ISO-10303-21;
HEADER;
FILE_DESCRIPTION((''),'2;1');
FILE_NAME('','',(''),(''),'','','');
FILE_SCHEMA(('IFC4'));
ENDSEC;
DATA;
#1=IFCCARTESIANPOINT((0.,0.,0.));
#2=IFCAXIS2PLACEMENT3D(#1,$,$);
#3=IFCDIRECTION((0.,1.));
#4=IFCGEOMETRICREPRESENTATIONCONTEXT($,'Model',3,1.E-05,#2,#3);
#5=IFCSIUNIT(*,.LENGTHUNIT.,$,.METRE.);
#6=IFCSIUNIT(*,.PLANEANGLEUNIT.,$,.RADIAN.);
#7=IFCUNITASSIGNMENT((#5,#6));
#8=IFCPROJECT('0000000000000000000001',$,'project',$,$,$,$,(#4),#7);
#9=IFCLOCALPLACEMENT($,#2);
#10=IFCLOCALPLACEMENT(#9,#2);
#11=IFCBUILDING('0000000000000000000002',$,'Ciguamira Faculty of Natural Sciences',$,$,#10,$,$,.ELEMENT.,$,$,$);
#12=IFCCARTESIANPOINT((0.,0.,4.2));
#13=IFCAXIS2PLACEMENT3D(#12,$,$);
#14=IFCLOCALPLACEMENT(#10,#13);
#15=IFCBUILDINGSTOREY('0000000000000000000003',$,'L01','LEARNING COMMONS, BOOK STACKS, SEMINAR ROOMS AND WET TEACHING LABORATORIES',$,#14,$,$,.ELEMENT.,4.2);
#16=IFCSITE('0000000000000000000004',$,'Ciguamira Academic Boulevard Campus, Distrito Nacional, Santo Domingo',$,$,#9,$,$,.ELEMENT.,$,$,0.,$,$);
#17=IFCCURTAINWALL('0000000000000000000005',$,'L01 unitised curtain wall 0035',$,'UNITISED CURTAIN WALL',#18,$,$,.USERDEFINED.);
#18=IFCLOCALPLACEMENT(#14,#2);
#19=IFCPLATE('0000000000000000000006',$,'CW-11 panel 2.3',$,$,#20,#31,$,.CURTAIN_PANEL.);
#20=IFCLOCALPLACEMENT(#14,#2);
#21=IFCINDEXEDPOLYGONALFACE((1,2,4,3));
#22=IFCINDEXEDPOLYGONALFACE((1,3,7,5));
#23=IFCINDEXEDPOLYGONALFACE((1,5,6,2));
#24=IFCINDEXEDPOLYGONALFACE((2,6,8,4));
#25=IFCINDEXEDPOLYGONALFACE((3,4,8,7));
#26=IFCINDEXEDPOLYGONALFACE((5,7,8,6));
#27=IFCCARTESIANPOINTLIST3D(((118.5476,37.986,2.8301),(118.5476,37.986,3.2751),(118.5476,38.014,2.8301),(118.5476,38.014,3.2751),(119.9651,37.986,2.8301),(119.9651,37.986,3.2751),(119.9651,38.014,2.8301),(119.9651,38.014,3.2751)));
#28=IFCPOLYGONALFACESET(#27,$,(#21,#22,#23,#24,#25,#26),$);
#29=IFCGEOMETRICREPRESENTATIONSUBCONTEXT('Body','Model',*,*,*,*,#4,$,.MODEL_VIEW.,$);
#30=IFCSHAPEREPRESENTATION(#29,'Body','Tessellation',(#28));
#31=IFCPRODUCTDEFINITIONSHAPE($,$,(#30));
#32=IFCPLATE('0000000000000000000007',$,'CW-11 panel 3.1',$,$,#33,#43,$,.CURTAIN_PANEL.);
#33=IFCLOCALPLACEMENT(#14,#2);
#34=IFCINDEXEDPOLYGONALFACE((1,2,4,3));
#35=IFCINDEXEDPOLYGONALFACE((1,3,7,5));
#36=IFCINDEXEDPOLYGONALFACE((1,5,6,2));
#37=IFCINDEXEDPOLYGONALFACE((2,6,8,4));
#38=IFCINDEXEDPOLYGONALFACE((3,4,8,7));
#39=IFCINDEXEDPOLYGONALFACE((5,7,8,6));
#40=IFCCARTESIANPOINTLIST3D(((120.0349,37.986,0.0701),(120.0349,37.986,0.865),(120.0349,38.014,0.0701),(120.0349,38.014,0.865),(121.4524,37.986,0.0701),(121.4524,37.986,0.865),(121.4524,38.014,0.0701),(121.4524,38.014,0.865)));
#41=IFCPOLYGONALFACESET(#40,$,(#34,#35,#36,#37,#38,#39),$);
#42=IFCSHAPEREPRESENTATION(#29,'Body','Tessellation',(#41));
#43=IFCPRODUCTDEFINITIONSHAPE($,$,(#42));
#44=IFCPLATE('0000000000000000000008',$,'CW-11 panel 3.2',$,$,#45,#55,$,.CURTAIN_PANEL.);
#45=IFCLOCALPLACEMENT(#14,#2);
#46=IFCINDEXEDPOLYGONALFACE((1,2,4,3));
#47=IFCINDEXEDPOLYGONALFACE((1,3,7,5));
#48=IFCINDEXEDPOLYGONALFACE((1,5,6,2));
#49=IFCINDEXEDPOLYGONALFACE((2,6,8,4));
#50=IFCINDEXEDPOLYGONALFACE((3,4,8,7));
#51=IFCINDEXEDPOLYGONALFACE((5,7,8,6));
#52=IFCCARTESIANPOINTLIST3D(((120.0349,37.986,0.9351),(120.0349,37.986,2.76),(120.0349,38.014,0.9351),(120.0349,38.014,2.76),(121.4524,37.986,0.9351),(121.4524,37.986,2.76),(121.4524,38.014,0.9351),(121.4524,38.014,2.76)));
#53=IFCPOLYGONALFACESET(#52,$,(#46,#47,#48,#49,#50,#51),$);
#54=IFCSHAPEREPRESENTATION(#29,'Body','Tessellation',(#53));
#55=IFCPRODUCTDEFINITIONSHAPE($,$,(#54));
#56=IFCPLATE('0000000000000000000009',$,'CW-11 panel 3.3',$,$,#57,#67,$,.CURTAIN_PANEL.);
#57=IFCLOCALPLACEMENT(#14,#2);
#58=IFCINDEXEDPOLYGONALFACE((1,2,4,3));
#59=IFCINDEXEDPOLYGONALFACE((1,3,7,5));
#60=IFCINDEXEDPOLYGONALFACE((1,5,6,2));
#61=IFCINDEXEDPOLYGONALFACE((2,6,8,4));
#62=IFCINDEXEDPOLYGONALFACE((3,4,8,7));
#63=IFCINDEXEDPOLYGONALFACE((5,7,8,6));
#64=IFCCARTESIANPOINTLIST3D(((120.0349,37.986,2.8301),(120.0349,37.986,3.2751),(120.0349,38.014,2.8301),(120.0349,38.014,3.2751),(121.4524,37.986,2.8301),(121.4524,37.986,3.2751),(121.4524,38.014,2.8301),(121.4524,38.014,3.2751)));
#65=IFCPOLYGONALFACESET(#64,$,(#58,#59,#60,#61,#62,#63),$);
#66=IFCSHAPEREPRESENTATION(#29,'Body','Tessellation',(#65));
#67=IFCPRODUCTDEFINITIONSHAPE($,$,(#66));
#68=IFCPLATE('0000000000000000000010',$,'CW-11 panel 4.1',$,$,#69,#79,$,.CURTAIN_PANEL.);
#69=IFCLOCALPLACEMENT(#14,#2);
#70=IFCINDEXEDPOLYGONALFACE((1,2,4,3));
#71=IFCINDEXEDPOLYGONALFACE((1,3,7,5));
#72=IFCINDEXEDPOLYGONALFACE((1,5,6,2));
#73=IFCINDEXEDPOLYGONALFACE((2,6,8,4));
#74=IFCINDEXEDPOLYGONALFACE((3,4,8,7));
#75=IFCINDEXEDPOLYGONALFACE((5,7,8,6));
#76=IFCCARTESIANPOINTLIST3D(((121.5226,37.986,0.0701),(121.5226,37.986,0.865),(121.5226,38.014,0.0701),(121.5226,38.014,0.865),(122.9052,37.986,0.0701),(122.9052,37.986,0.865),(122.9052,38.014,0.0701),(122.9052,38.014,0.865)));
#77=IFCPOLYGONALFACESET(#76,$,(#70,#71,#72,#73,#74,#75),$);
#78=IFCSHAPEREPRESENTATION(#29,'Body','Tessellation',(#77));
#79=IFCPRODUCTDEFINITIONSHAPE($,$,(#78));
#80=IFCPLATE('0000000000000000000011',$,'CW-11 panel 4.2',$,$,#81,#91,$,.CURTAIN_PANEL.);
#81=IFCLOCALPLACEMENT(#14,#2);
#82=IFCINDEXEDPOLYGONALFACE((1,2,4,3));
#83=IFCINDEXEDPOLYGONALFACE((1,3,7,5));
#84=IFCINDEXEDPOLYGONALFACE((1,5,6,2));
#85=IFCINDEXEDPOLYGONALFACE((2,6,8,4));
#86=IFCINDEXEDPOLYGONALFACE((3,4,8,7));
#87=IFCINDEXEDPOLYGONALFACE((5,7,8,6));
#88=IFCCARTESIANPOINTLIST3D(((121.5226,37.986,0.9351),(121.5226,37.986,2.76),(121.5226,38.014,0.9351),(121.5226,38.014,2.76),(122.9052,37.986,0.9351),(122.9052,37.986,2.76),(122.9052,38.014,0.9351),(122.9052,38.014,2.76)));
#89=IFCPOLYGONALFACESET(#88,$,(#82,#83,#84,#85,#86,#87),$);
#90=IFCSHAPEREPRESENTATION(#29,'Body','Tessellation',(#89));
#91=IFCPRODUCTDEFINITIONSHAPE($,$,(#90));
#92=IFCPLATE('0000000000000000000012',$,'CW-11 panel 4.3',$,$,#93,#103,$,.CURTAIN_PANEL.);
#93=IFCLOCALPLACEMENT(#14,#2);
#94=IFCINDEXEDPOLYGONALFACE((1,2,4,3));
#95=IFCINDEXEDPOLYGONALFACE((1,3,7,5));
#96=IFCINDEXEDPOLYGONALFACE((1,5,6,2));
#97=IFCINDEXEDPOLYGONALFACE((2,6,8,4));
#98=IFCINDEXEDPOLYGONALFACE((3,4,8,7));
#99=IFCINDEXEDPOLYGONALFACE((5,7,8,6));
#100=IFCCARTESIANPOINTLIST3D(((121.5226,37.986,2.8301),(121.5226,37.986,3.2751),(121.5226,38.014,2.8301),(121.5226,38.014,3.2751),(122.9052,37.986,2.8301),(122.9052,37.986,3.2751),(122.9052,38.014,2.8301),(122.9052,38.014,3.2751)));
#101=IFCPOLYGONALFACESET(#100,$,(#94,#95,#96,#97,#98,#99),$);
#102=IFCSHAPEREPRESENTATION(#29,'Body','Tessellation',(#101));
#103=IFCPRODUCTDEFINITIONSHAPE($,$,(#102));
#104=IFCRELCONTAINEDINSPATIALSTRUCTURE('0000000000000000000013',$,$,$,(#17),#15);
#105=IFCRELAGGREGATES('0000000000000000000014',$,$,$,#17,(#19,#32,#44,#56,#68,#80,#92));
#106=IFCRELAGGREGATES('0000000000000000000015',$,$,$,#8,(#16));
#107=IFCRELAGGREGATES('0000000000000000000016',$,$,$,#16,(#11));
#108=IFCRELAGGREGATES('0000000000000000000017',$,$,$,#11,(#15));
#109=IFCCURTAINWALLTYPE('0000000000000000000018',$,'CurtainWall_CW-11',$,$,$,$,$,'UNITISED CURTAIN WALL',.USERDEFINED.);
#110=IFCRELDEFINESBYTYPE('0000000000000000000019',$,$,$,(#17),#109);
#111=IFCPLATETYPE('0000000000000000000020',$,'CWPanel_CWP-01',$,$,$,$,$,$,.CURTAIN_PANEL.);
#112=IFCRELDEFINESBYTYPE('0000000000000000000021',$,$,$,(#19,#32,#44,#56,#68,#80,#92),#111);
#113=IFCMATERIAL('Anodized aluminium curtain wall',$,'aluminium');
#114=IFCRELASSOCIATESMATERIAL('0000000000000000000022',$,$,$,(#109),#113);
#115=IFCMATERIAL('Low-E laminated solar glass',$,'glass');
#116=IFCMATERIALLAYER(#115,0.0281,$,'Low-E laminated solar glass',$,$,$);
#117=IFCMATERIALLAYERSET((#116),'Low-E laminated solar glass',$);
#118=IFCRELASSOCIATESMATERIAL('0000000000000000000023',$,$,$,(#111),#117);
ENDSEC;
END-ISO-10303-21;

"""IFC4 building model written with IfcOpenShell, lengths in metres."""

from ifc_helpers import new_model, si_unit, direction, frame, origin, origin_2d, place, context, subcontext, project, spatial, rectangle, extrude, material, layer, layer_set, type_object, element, aggregate, save


model = new_model("IFC4")

# Units and contexts
model_context = context("Model", 3, precision=1e-05, world=origin(), true_north=direction((0.0, 1.0)))
body_context = subcontext(model_context, "Body", "Model", "MODEL_VIEW")
ifc_project = project(units=[si_unit("LENGTHUNIT", "METRE"), si_unit("PLANEANGLEUNIT", "RADIAN")], contexts=[model_context])

# Site, building, storey
site_placement = place(None, origin())
site = spatial("IfcSite", under=ifc_project, at=site_placement, Name="Ciguamira Academic Boulevard Campus, Distrito Nacional, Santo Domingo", CompositionType="ELEMENT", RefElevation=0.0)
building_placement = place(site_placement, origin())
building = spatial("IfcBuilding", under=site, at=building_placement, Name="Ciguamira Faculty of Natural Sciences", CompositionType="ELEMENT")
storey_placement = place(building_placement, frame((0.0, 0.0, 4.2)))
storey = spatial("IfcBuildingStorey", under=building, at=storey_placement, Name="L01", Description="LEARNING COMMONS, BOOK STACKS, SEMINAR ROOMS AND WET TEACHING LABORATORIES", CompositionType="ELEMENT", Elevation=4.2)

# Curtain wall, plates
ifc_material_1 = material(Name="Anodized aluminium curtain wall", Category="aluminium")
curtain_wall_type = type_object("IfcCurtainWallType", Name="CurtainWall_CW-11", ElementType="UNITISED CURTAIN WALL", PredefinedType="USERDEFINED", material=ifc_material_1)
curtain_wall_placement = place(storey_placement, origin())
curtain_wall = element("IfcCurtainWall", 1, at=curtain_wall_placement, inside=storey, type_object=curtain_wall_type, Name="L01 unitised curtain wall 0035", ObjectType="UNITISED CURTAIN WALL", PredefinedType="USERDEFINED")
ifc_material_2 = material(Name="Low-E laminated solar glass", Category="glass")
ifc_layer = layer(ifc_material_2, 0.0281, Name="Low-E laminated solar glass")
ifc_layer_set = layer_set([ifc_layer], Name="Low-E laminated solar glass")
plate_type = type_object("IfcPlateType", Name="CWPanel_CWP-01", PredefinedType="CURTAIN_PANEL", material=ifc_layer_set)
plate_1_placement = place(storey_placement, frame((119.2563, 38.0, 2.8301), z_axis=(0.0, 0.0, 1.0), x_axis=(1.0, 0.0, 0.0)))
plate_1 = element("IfcPlate", 2, at=plate_1_placement, type_object=plate_type, Name="CW-11 panel 2.3", PredefinedType="CURTAIN_PANEL", context=body_context, shape_type="SweptSolid", body=[
    extrude(rectangle(XDim=1.4175, YDim=0.0281, at=origin_2d()), origin(), (0.0, 0.0, 1.0), 0.4451),
])
plate_2_placement = place(storey_placement, frame((120.7437, 38.0, 0.0701), z_axis=(0.0, 0.0, 1.0), x_axis=(1.0, 0.0, 0.0)))
plate_2 = element("IfcPlate", 3, at=plate_2_placement, type_object=plate_type, Name="CW-11 panel 3.1", PredefinedType="CURTAIN_PANEL", context=body_context, shape_type="SweptSolid", body=[
    extrude(rectangle(XDim=1.4175, YDim=0.0281, at=origin_2d()), origin(), (0.0, 0.0, 1.0), 0.7949),
])
plate_3_placement = place(storey_placement, frame((120.7437, 38.0, 0.9351), z_axis=(0.0, 0.0, 1.0), x_axis=(1.0, 0.0, 0.0)))
plate_3 = element("IfcPlate", 4, at=plate_3_placement, type_object=plate_type, Name="CW-11 panel 3.2", PredefinedType="CURTAIN_PANEL", context=body_context, shape_type="SweptSolid", body=[
    extrude(rectangle(XDim=1.4175, YDim=0.0281, at=origin_2d()), origin(), (0.0, 0.0, 1.0), 1.825),
])
plate_4_placement = place(storey_placement, frame((120.7437, 38.0, 2.8301), z_axis=(0.0, 0.0, 1.0), x_axis=(1.0, 0.0, 0.0)))
plate_4 = element("IfcPlate", 5, at=plate_4_placement, type_object=plate_type, Name="CW-11 panel 3.3", PredefinedType="CURTAIN_PANEL", context=body_context, shape_type="SweptSolid", body=[
    extrude(rectangle(XDim=1.4175, YDim=0.0281, at=origin_2d()), origin(), (0.0, 0.0, 1.0), 0.4451),
])
plate_5_placement = place(storey_placement, frame((122.2139, 38.0, 0.0701), z_axis=(0.0, 0.0, 1.0), x_axis=(1.0, 0.0, 0.0)))
plate_5 = element("IfcPlate", 6, at=plate_5_placement, type_object=plate_type, Name="CW-11 panel 4.1", PredefinedType="CURTAIN_PANEL", context=body_context, shape_type="SweptSolid", body=[
    extrude(rectangle(XDim=1.3826, YDim=0.0281, at=origin_2d()), origin(), (0.0, 0.0, 1.0), 0.7949),
])
plate_6_placement = place(storey_placement, frame((122.2139, 38.0, 0.9351), z_axis=(0.0, 0.0, 1.0), x_axis=(1.0, 0.0, 0.0)))
plate_6 = element("IfcPlate", 7, at=plate_6_placement, type_object=plate_type, Name="CW-11 panel 4.2", PredefinedType="CURTAIN_PANEL", context=body_context, shape_type="SweptSolid", body=[
    extrude(rectangle(XDim=1.3826, YDim=0.0281, at=origin_2d()), origin(), (0.0, 0.0, 1.0), 1.825),
])
plate_7_placement = place(storey_placement, frame((122.2139, 38.0, 2.8301), z_axis=(0.0, 0.0, 1.0), x_axis=(1.0, 0.0, 0.0)))
plate_7 = element("IfcPlate", 8, at=plate_7_placement, type_object=plate_type, Name="CW-11 panel 4.3", PredefinedType="CURTAIN_PANEL", context=body_context, shape_type="SweptSolid", body=[
    extrude(rectangle(XDim=1.3826, YDim=0.0281, at=origin_2d()), origin(), (0.0, 0.0, 1.0), 0.4451),
])
aggregate(curtain_wall, [plate_1, plate_2, plate_3, plate_4, plate_5, plate_6, plate_7])

save(model, "model.ifc")
